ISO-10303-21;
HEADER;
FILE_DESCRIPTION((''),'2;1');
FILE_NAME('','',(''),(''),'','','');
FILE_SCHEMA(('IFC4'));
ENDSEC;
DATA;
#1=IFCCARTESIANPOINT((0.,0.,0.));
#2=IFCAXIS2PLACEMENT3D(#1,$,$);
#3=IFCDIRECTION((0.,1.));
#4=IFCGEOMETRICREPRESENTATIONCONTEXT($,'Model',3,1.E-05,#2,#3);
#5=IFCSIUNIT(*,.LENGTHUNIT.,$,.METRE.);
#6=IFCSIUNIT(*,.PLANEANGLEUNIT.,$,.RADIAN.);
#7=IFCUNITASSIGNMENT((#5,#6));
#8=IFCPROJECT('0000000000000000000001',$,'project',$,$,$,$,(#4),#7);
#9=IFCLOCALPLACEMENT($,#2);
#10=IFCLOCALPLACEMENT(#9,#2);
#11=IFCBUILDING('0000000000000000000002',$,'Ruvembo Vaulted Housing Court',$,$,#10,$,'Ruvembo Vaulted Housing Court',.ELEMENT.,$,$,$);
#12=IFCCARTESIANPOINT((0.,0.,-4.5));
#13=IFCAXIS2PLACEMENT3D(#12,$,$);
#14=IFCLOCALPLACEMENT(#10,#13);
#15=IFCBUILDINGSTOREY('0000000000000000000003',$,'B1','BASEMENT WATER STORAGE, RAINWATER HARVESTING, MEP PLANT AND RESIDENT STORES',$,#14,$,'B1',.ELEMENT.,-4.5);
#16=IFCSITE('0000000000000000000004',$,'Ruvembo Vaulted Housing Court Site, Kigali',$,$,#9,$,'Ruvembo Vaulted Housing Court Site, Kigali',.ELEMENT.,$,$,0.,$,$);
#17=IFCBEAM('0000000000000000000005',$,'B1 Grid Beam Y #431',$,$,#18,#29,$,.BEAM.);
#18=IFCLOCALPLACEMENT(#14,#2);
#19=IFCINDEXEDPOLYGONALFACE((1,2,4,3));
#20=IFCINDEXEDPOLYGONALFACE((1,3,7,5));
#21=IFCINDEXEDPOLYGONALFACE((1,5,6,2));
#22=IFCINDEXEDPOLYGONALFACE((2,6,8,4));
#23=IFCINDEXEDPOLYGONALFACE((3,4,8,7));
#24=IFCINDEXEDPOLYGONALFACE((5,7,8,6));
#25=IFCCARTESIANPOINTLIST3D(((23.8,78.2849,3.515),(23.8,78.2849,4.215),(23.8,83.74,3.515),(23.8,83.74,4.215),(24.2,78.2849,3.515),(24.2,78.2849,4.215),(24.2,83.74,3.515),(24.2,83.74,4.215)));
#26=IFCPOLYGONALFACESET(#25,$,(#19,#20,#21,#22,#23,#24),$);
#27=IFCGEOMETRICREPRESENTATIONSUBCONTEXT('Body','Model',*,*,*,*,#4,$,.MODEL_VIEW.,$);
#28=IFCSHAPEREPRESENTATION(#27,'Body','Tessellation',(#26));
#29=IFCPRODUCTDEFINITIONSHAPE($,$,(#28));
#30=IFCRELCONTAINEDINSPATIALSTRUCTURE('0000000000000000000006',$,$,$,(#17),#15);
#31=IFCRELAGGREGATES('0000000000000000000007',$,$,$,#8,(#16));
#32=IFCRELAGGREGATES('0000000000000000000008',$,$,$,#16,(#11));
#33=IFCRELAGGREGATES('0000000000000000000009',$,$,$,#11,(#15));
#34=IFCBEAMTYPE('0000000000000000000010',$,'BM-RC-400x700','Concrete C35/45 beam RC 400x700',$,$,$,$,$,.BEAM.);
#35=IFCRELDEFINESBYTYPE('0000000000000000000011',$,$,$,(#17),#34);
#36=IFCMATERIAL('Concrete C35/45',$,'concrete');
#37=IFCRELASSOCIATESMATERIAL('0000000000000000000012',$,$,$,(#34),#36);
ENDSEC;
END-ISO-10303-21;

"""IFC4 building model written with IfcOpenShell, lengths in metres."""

from ifc_helpers import new_model, si_unit, direction, frame, origin, origin_2d, place, context, subcontext, project, spatial, rectangle, extrude, material, material_profile, profile_set, type_object, element, save


model = new_model("IFC4")

# Units and contexts
model_context = context("Model", 3, precision=1e-05, world=origin(), true_north=direction((0.0, 1.0)))
body_context = subcontext(model_context, "Body", "Model", "MODEL_VIEW")
ifc_project = project(units=[si_unit("LENGTHUNIT", "METRE"), si_unit("PLANEANGLEUNIT", "RADIAN")], contexts=[model_context])

# Site, building, storey
site_placement = place(None, origin())
site = spatial("IfcSite", under=ifc_project, at=site_placement, Name="Ruvembo Vaulted Housing Court Site, Kigali", LongName="Ruvembo Vaulted Housing Court Site, Kigali", CompositionType="ELEMENT", RefElevation=0.0)
building_placement = place(site_placement, origin())
building = spatial("IfcBuilding", under=site, at=building_placement, Name="Ruvembo Vaulted Housing Court", LongName="Ruvembo Vaulted Housing Court", CompositionType="ELEMENT")
storey_placement = place(building_placement, frame((0.0, 0.0, -4.5)))
storey = spatial("IfcBuildingStorey", under=building, at=storey_placement, Name="B1", Description="BASEMENT WATER STORAGE, RAINWATER HARVESTING, MEP PLANT AND RESIDENT STORES", LongName="B1", CompositionType="ELEMENT", Elevation=-4.5)

# Shared definitions
ifc_material_1 = material(Name="Concrete C35/45", Category="concrete")

# Beam
ifc_material_profile_1 = material_profile(ifc_material_1, rectangle(XDim=0.3999, YDim=0.7, at=origin_2d()), Name="RC 400x700")
ifc_profile_set_1 = profile_set([ifc_material_profile_1], Name="Concrete C35/45")
beam_type_1 = type_object("IfcBeamType", Name="BM-RC-400x700", Description="Concrete C35/45 beam RC 400x700", PredefinedType="BEAM", material=ifc_profile_set_1)
beam_placement = place(storey_placement, frame((24.0, 78.2849, 3.865), z_axis=(0.0, 1.0, 0.0), x_axis=(-1.0, 0.0, 0.0)))
element("IfcBeam", 1, at=beam_placement, inside=storey, type_object=beam_type_1, Name="B1 Grid Beam Y #431", PredefinedType="BEAM", context=body_context, shape_type="SweptSolid", body=[
    extrude(rectangle(XDim=0.3999, YDim=0.7, at=origin_2d()), origin(), (0.0, 0.0, 1.0), 5.4551),
])

save(model, "model.ifc")
